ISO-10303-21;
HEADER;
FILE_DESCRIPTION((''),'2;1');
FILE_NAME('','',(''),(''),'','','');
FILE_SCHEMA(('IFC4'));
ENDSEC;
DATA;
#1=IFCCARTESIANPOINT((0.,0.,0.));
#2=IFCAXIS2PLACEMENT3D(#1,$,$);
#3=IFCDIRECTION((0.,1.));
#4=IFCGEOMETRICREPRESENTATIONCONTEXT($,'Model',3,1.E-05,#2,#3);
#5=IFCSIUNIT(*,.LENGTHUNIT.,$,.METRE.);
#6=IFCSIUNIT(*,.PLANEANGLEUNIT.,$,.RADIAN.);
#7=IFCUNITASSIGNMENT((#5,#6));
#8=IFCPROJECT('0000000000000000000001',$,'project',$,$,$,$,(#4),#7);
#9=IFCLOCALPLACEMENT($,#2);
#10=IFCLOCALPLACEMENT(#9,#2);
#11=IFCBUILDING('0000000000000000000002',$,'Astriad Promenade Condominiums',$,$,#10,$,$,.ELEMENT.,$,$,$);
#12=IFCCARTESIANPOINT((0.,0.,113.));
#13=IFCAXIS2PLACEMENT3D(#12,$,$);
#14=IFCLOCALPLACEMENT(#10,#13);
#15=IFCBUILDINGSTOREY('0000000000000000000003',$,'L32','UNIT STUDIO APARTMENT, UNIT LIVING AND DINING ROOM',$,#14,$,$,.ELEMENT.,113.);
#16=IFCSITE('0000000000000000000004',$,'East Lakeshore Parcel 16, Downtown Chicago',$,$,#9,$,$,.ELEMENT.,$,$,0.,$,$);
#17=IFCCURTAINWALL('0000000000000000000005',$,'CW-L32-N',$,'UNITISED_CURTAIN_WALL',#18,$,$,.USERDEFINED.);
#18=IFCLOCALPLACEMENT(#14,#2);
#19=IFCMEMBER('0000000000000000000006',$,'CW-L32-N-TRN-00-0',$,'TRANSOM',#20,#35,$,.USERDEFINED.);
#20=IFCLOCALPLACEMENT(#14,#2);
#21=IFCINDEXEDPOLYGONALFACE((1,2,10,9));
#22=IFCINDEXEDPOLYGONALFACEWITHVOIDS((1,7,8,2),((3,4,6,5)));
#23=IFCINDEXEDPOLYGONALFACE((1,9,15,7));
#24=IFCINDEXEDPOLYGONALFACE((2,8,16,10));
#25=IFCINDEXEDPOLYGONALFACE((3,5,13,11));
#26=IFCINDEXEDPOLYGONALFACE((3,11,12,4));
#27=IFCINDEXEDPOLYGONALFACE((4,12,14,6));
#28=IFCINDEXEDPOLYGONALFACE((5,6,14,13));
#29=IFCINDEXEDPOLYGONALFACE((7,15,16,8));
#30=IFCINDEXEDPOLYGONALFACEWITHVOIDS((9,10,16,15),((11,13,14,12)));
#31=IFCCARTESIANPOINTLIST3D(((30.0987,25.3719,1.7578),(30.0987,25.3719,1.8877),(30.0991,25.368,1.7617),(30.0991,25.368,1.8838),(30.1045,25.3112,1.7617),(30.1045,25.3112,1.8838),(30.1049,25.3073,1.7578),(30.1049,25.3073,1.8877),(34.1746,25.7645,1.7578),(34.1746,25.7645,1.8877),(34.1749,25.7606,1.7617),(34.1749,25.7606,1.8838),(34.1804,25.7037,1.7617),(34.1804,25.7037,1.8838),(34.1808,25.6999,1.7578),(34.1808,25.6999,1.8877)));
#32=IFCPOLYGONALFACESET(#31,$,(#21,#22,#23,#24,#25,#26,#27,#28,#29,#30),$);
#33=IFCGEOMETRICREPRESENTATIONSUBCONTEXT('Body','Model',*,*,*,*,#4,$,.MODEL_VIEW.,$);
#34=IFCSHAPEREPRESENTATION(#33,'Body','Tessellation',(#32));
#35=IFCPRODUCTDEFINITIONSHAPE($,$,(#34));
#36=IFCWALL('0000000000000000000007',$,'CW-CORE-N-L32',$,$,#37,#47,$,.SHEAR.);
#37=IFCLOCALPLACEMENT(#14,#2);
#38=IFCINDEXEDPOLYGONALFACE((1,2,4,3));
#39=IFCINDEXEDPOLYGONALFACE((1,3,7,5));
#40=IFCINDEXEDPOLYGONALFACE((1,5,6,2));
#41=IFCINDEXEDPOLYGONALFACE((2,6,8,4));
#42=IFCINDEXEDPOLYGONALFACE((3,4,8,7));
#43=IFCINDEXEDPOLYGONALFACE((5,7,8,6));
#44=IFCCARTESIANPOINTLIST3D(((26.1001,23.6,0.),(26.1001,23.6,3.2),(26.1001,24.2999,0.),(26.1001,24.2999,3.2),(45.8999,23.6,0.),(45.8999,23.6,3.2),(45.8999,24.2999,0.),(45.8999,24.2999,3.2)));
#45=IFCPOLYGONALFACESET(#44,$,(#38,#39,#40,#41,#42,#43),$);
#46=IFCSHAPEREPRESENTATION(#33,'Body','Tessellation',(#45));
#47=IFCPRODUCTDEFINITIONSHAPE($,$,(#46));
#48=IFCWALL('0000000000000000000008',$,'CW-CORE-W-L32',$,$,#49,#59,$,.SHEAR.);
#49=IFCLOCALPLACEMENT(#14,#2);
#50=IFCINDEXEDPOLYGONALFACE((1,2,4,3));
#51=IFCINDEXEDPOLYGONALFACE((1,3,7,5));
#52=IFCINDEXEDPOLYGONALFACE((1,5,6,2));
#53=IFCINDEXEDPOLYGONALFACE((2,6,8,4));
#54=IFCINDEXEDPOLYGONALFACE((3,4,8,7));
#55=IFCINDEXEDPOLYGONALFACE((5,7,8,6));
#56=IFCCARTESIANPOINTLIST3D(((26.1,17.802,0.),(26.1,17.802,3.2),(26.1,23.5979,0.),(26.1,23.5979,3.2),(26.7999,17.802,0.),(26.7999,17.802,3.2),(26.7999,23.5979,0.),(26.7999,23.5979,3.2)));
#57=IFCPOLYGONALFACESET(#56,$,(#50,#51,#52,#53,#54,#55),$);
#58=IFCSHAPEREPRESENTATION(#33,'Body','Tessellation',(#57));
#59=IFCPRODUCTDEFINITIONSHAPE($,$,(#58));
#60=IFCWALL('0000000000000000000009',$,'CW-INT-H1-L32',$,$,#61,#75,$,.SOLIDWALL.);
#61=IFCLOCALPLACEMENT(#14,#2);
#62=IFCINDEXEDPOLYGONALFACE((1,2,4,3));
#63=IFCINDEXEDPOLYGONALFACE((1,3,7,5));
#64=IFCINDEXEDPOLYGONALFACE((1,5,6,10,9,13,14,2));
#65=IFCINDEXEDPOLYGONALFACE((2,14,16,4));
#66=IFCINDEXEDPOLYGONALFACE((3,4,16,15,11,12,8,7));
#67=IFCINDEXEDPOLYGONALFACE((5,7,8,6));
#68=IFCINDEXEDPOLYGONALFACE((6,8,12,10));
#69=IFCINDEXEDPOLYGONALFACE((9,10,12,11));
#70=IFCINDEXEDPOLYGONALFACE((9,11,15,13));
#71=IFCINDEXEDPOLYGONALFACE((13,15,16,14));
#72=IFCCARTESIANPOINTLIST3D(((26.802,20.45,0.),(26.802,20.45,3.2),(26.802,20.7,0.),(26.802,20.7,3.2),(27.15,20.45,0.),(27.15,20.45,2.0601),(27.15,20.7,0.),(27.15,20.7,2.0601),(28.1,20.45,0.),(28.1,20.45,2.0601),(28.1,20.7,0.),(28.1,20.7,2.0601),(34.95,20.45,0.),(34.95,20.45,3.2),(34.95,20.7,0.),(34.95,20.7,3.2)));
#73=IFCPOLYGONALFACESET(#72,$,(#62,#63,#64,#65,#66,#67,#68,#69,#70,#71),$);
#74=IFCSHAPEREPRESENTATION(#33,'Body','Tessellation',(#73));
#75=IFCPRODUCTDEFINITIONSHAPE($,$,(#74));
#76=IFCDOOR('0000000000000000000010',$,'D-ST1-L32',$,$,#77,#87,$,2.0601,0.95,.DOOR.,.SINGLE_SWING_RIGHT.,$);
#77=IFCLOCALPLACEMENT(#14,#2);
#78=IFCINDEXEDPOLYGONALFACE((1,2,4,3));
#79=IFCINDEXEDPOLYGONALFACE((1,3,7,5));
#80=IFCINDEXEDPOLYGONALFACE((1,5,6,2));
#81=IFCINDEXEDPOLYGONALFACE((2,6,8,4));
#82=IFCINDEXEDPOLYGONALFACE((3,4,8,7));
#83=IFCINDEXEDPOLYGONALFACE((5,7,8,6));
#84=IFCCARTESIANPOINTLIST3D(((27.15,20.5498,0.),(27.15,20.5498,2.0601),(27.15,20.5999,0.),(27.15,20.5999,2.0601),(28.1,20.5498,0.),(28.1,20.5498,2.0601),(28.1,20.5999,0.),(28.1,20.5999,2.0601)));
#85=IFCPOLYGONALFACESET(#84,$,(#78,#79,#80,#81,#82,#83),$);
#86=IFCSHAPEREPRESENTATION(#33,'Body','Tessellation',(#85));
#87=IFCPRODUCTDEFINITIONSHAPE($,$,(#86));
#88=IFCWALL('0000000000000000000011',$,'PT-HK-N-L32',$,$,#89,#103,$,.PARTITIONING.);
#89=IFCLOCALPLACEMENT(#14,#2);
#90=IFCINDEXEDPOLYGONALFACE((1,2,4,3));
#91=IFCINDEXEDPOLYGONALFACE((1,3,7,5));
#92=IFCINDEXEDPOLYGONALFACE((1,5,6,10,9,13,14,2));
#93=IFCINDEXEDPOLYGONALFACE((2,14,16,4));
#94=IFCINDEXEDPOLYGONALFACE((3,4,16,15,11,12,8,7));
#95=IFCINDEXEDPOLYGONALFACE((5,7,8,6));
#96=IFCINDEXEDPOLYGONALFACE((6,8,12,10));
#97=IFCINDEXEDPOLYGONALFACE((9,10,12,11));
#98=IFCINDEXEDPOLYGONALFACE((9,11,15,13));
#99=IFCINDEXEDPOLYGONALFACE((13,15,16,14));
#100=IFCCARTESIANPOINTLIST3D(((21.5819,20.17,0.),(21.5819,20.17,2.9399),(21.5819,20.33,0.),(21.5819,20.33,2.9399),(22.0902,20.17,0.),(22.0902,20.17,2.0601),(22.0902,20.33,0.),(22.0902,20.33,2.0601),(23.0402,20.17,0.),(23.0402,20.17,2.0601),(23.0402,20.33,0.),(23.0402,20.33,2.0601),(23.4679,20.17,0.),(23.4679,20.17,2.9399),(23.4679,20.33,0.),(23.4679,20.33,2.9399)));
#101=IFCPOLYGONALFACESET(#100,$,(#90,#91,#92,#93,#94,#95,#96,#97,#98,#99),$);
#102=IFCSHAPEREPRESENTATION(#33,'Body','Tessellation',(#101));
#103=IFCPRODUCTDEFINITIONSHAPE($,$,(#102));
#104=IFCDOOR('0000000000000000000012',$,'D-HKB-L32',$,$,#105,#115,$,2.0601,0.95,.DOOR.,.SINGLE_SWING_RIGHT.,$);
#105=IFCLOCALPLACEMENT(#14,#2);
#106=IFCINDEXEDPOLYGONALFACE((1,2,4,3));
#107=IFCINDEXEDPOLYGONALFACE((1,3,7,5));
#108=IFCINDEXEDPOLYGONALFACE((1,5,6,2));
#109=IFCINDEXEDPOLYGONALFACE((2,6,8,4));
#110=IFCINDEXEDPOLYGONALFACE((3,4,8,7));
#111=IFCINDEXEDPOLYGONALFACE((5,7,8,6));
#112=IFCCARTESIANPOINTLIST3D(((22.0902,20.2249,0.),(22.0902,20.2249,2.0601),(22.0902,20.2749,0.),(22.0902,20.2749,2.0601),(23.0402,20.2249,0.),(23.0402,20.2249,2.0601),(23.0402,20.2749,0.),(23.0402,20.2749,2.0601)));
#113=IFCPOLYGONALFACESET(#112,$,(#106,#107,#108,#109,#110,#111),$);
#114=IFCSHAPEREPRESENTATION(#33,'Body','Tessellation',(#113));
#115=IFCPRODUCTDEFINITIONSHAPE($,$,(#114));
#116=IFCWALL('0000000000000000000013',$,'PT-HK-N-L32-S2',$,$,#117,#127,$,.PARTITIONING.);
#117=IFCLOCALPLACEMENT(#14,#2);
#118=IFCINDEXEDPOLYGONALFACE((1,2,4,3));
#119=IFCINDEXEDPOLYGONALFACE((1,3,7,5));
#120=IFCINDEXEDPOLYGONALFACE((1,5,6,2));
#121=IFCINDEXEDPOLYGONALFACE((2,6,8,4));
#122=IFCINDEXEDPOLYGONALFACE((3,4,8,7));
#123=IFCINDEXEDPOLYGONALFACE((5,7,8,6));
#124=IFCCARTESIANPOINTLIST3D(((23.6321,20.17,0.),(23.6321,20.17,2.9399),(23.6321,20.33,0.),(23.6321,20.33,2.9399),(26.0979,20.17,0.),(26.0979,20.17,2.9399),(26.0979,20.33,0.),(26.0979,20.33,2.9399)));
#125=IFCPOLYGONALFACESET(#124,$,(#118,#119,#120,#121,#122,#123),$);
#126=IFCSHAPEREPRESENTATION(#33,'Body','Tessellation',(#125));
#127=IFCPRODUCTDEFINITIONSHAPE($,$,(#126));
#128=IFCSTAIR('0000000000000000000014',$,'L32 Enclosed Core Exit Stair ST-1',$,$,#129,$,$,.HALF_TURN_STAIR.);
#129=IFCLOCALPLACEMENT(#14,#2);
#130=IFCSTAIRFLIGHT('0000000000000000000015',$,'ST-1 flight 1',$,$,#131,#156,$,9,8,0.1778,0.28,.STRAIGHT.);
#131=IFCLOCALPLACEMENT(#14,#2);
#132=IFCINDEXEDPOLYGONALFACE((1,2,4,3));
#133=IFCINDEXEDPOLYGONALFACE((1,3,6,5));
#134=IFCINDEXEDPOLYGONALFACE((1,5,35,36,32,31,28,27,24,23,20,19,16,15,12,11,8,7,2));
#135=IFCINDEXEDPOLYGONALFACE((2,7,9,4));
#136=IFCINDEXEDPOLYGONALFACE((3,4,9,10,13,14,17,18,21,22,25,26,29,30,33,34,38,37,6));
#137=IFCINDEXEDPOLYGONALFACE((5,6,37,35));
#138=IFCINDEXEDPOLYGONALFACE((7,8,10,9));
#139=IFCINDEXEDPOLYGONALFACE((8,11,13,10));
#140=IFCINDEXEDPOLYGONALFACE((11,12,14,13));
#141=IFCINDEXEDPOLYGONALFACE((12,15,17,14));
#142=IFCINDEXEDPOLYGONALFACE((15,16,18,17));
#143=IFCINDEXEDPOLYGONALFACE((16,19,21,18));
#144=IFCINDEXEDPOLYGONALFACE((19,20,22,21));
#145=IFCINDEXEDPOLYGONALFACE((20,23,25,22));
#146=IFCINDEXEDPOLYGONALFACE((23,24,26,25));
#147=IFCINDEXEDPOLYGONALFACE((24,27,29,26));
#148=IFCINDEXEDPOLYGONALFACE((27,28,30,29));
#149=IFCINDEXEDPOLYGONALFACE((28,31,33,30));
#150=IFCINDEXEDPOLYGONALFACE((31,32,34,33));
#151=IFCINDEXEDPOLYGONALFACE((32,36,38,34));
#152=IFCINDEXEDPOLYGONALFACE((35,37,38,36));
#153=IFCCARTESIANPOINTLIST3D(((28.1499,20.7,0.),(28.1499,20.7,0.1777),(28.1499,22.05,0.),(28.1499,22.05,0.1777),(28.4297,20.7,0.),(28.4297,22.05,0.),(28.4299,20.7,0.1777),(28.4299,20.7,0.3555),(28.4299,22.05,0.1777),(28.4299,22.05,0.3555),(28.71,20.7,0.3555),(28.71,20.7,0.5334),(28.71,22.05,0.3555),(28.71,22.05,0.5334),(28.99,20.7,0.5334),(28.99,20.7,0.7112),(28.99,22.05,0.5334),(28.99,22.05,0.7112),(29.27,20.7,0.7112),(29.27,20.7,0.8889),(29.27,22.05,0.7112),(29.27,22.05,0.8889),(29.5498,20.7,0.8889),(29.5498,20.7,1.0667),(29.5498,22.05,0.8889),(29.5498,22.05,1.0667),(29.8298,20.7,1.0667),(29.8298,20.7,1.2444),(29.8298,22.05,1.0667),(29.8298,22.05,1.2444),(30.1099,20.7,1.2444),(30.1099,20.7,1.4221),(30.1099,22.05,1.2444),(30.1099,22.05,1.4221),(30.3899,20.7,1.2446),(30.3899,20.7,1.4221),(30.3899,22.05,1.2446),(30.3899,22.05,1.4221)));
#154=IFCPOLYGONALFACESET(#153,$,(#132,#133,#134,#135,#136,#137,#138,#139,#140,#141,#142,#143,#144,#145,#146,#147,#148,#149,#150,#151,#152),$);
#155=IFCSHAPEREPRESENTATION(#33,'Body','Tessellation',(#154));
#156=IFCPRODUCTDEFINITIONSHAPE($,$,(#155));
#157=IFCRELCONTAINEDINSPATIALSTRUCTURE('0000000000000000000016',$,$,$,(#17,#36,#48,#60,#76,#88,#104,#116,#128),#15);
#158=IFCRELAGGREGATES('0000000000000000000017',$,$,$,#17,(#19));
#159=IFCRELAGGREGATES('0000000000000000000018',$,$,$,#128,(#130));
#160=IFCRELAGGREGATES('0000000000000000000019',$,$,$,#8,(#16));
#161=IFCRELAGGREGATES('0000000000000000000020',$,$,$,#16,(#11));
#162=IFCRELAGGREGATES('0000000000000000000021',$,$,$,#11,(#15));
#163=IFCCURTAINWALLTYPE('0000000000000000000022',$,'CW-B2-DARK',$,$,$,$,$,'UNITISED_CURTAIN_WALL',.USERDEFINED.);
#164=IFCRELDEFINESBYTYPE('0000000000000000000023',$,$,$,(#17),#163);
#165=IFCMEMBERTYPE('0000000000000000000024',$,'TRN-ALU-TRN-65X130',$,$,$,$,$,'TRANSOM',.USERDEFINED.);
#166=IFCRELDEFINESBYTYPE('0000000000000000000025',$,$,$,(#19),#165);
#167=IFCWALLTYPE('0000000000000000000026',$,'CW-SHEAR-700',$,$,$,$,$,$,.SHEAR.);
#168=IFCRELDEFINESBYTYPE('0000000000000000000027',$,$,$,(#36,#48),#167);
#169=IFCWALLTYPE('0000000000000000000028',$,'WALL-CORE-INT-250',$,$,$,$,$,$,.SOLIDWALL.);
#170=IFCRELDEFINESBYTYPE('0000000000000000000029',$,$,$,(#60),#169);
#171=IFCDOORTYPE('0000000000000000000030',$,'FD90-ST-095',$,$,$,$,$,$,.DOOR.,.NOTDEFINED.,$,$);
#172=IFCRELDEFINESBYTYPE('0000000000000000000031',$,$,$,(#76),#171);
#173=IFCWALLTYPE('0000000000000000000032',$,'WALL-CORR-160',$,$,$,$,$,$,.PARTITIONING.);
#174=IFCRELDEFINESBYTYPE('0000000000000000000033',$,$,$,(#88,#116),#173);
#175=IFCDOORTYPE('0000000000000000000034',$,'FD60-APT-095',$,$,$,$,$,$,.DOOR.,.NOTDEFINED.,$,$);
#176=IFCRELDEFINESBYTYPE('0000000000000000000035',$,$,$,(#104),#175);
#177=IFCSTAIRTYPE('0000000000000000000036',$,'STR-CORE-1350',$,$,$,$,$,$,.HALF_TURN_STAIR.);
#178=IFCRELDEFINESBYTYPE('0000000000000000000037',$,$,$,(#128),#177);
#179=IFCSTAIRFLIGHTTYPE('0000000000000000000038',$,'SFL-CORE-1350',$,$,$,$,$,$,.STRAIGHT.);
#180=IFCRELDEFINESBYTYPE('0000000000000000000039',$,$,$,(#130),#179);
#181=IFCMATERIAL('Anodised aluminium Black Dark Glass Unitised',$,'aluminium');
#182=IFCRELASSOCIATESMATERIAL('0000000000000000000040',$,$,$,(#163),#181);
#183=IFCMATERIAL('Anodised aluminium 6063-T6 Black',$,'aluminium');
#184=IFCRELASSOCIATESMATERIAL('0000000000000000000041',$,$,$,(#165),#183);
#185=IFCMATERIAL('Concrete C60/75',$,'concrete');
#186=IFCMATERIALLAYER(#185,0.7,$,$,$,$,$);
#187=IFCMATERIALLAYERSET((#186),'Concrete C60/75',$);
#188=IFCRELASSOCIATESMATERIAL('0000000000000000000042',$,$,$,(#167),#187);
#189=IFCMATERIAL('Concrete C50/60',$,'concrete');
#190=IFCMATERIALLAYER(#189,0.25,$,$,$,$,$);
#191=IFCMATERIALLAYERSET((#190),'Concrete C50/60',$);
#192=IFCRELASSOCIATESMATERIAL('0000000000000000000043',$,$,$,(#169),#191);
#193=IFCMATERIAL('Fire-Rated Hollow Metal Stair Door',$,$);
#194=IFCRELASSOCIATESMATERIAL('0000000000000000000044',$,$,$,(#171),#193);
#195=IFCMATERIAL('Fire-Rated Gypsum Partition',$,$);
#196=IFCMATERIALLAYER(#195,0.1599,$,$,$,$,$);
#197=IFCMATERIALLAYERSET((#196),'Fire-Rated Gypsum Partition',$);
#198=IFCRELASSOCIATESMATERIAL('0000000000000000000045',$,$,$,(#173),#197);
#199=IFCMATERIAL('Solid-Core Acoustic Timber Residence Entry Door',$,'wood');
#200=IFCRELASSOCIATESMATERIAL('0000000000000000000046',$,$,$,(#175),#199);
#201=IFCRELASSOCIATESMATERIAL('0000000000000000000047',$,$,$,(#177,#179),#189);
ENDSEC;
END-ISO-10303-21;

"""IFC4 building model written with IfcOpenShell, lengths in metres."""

from ifc_helpers import new_model, si_unit, direction, frame, frame_2d, origin, origin_2d, place, context, subcontext, project, spatial, polyline, rectangle, hollow_rectangle, outline, extrude, source, transform, mapped, material, layer, layer_set, material_profile, profile_set, type_object, type_shapes, element, fill, aggregate, save


model = new_model("IFC4")

# Units and contexts
model_context = context("Model", 3, precision=1e-05, world=origin(), true_north=direction((0.0, 1.0)))
body_context = subcontext(model_context, "Body", "Model", "MODEL_VIEW")
ifc_project = project(units=[si_unit("LENGTHUNIT", "METRE"), si_unit("PLANEANGLEUNIT", "RADIAN")], contexts=[model_context])

# Site, building, storey
site_placement = place(None, origin())
site = spatial("IfcSite", under=ifc_project, at=site_placement, Name="East Lakeshore Parcel 16, Downtown Chicago", CompositionType="ELEMENT", RefElevation=0.0)
building_placement = place(site_placement, origin())
building = spatial("IfcBuilding", under=site, at=building_placement, Name="Astriad Promenade Condominiums", CompositionType="ELEMENT")
storey_placement = place(building_placement, frame((0.0, 0.0, 113.0)))
storey = spatial("IfcBuildingStorey", under=building, at=storey_placement, Name="L32", Description="UNIT STUDIO APARTMENT, UNIT LIVING AND DINING ROOM", CompositionType="ELEMENT", Elevation=113.0)

# Shared definitions
ifc_material_1 = material(Name="Concrete C60/75", Category="concrete")

# Curtain wall, member
ifc_material_2 = material(Name="Anodised aluminium Black Dark Glass Unitised", Category="aluminium")
curtain_wall_type = type_object("IfcCurtainWallType", Name="CW-B2-DARK", ElementType="UNITISED_CURTAIN_WALL", PredefinedType="USERDEFINED", material=ifc_material_2)
curtain_wall_placement = place(storey_placement, origin())
curtain_wall = element("IfcCurtainWall", 1, at=curtain_wall_placement, inside=storey, type_object=curtain_wall_type, Name="CW-L32-N", ObjectType="UNITISED_CURTAIN_WALL", PredefinedType="USERDEFINED")
ifc_material_3 = material(Name="Anodised aluminium 6063-T6 Black", Category="aluminium")
ifc_material_profile_1 = material_profile(ifc_material_3, hollow_rectangle(XDim=0.0649, YDim=0.1299, WallThickness=0.0039, at=origin_2d()), Name="ALU-TRN-65X130")
ifc_profile_set_1 = profile_set([ifc_material_profile_1], Name="Anodised aluminium 6063-T6 Black")
member_type_1 = type_object("IfcMemberType", Name="TRN-ALU-TRN-65X130", ElementType="TRANSOM", PredefinedType="USERDEFINED", material=ifc_profile_set_1)
shared_shape_1 = source(origin(), body_context, "Body", "SweptSolid", [
    extrude(hollow_rectangle(XDim=0.0649, YDim=0.1299, WallThickness=0.0039, at=origin_2d()), origin(), (0.0, 0.0, 1.0), 4.0947),
])
type_shapes(member_type_1, [shared_shape_1])
member_1_placement = place(storey_placement, frame((30.1018, 25.3396, 1.8228), z_axis=(0.995394, 0.095873, 0.0), x_axis=(-0.095873, 0.995394, 0.0)))
member_1 = element("IfcMember", 2, at=member_1_placement, type_object=member_type_1, Name="CW-L32-N-TRN-00-0", ObjectType="TRANSOM", PredefinedType="USERDEFINED", context=body_context, shape_type="MappedRepresentation", body=[
    mapped(shared_shape_1, transform((0.0, 0.0, 0.0), scale=1.0)),
])
aggregate(curtain_wall, [member_1])

# Walls
ifc_layer_1 = layer(ifc_material_1, 0.7)
ifc_layer_set_1 = layer_set([ifc_layer_1], Name="Concrete C60/75")
wall_type_1 = type_object("IfcWallType", Name="CW-SHEAR-700", PredefinedType="SHEAR", material=ifc_layer_set_1)
wall_1_placement = place(storey_placement, frame((26.1001, 23.95, 0.0), z_axis=(0.0, 0.0, 1.0), x_axis=(1.0, 0.0, 0.0)))
element("IfcWall", 3, at=wall_1_placement, inside=storey, type_object=wall_type_1, Name="CW-CORE-N-L32", PredefinedType="SHEAR", context=body_context, shape_type="SweptSolid", body=[
    extrude(rectangle(XDim=19.7998, YDim=0.7, at=frame_2d((9.8999, 0.0))), origin(), (0.0, 0.0, 1.0), 3.2),
])
wall_2_placement = place(storey_placement, frame((26.45, 17.802, 0.0), z_axis=(0.0, 0.0, 1.0), x_axis=(0.0, 1.0, 0.0)))
element("IfcWall", 4, at=wall_2_placement, inside=storey, type_object=wall_type_1, Name="CW-CORE-W-L32", PredefinedType="SHEAR", context=body_context, shape_type="SweptSolid", body=[
    extrude(rectangle(XDim=5.7959, YDim=0.7, at=frame_2d((2.8979, 0.0))), origin(), (0.0, 0.0, 1.0), 3.2),
])

# Walls, openings, doors
ifc_material_4 = material(Name="Concrete C50/60", Category="concrete")
ifc_layer_2 = layer(ifc_material_4, 0.25)
ifc_layer_set_2 = layer_set([ifc_layer_2], Name="Concrete C50/60")
wall_type_2 = type_object("IfcWallType", Name="WALL-CORE-INT-250", PredefinedType="SOLIDWALL", material=ifc_layer_set_2)
wall_3_placement = place(storey_placement, frame((26.802, 20.575, 0.0), z_axis=(0.0, 0.0, 1.0), x_axis=(1.0, 0.0, 0.0)))
wall_3 = element("IfcWall", 5, at=wall_3_placement, inside=storey, type_object=wall_type_2, Name="CW-INT-H1-L32", PredefinedType="SOLIDWALL", context=body_context, shape_type="SweptSolid", body=[
    extrude(rectangle(XDim=8.1479, YDim=0.25, at=frame_2d((4.074, 0.0))), origin(), (0.0, 0.0, 1.0), 3.2),
])
opening_1_placement = place(wall_3_placement, frame((0.3479, 0.0, 0.0)))
opening_1 = element("IfcOpeningElement", 6, at=opening_1_placement, cuts=wall_3, PredefinedType="OPENING", context=body_context, shape_type="SweptSolid", body=[
    extrude(rectangle(XDim=0.95, YDim=2.0601, at=frame_2d((0.4751, 1.03))), frame((0.0, 0.135, 0.0), z_axis=(0.0, -1.0, 0.0), x_axis=(1.0, 0.0, 0.0)), (0.0, 0.0, 1.0), 0.27),
])
ifc_material_5 = material(Name="Fire-Rated Hollow Metal Stair Door")
door_type_1 = type_object("IfcDoorType", Name="FD90-ST-095", OperationType="NOTDEFINED", PredefinedType="DOOR", material=ifc_material_5)
shared_shape_2 = source(origin(), body_context, "Body", "SweptSolid", [
    extrude(rectangle(XDim=0.95, YDim=2.0601, at=frame_2d((0.4751, 1.03))), frame((0.0, 0.0249, 0.0), z_axis=(0.0, -1.0, 0.0), x_axis=(1.0, 0.0, 0.0)), (0.0, 0.0, 1.0), 0.05),
])
type_shapes(door_type_1, [shared_shape_2])
door_1_placement = place(opening_1_placement, origin())
door_1 = element("IfcDoor", 7, at=door_1_placement, inside=storey, type_object=door_type_1, Name="D-ST1-L32", OperationType="SINGLE_SWING_RIGHT", OverallHeight=2.0601, OverallWidth=0.95, PredefinedType="DOOR", context=body_context, shape_type="MappedRepresentation", body=[
    mapped(shared_shape_2, transform((0.0, 0.0, 0.0), scale=1.0)),
])
fill(opening_1, door_1)
ifc_material_6 = material(Name="Fire-Rated Gypsum Partition")
ifc_layer_3 = layer(ifc_material_6, 0.1599)
ifc_layer_set_3 = layer_set([ifc_layer_3], Name="Fire-Rated Gypsum Partition")
wall_type_3 = type_object("IfcWallType", Name="WALL-CORR-160", PredefinedType="PARTITIONING", material=ifc_layer_set_3)
wall_4_placement = place(storey_placement, frame((21.582, 20.25, 0.0), z_axis=(0.0, 0.0, 1.0), x_axis=(1.0, 0.0, 0.0)))
wall_4 = element("IfcWall", 8, at=wall_4_placement, inside=storey, type_object=wall_type_3, Name="PT-HK-N-L32", PredefinedType="PARTITIONING", context=body_context, shape_type="SweptSolid", body=[
    extrude(rectangle(XDim=1.886, YDim=0.1599, at=frame_2d((0.9429, 0.0))), origin(), (0.0, 0.0, 1.0), 2.9399),
])
opening_2_placement = place(wall_4_placement, frame((0.5081, 0.0, 0.0)))
opening_2 = element("IfcOpeningElement", 9, at=opening_2_placement, cuts=wall_4, PredefinedType="OPENING", context=body_context, shape_type="SweptSolid", body=[
    extrude(rectangle(XDim=0.95, YDim=2.0601, at=frame_2d((0.4751, 1.03))), frame((0.0, 0.0898, 0.0), z_axis=(0.0, -1.0, 0.0), x_axis=(1.0, 0.0, 0.0)), (0.0, 0.0, 1.0), 0.1799),
])
ifc_material_7 = material(Name="Solid-Core Acoustic Timber Residence Entry Door", Category="wood")
door_type_2 = type_object("IfcDoorType", Name="FD60-APT-095", OperationType="NOTDEFINED", PredefinedType="DOOR", material=ifc_material_7)
shared_shape_3 = source(origin(), body_context, "Body", "SweptSolid", [
    extrude(rectangle(XDim=0.95, YDim=2.0601, at=frame_2d((0.4751, 1.03))), frame((0.0, 0.0249, 0.0), z_axis=(0.0, -1.0, 0.0), x_axis=(1.0, 0.0, 0.0)), (0.0, 0.0, 1.0), 0.05),
])
type_shapes(door_type_2, [shared_shape_3])
door_2_placement = place(opening_2_placement, origin())
door_2 = element("IfcDoor", 10, at=door_2_placement, inside=storey, type_object=door_type_2, Name="D-HKB-L32", OperationType="SINGLE_SWING_RIGHT", OverallHeight=2.0601, OverallWidth=0.95, PredefinedType="DOOR", context=body_context, shape_type="MappedRepresentation", body=[
    mapped(shared_shape_3, transform((0.0, 0.0, 0.0), scale=1.0)),
])
fill(opening_2, door_2)

# Wall
wall_5_placement = place(storey_placement, frame((23.6321, 20.25, 0.0), z_axis=(0.0, 0.0, 1.0), x_axis=(1.0, 0.0, 0.0)))
element("IfcWall", 11, at=wall_5_placement, inside=storey, type_object=wall_type_3, Name="PT-HK-N-L32-S2", PredefinedType="PARTITIONING", context=body_context, shape_type="SweptSolid", body=[
    extrude(rectangle(XDim=2.4658, YDim=0.1599, at=frame_2d((1.2329, 0.0))), origin(), (0.0, 0.0, 1.0), 2.9399),
])

# Stair, stair flight
stair_type = type_object("IfcStairType", Name="STR-CORE-1350", PredefinedType="HALF_TURN_STAIR", material=ifc_material_4)
stair_placement = place(storey_placement, origin())
stair = element("IfcStair", 12, at=stair_placement, inside=storey, type_object=stair_type, Name="L32 Enclosed Core Exit Stair ST-1", PredefinedType="HALF_TURN_STAIR")
stair_flight_type = type_object("IfcStairFlightType", Name="SFL-CORE-1350", PredefinedType="STRAIGHT", material=ifc_material_4)
shared_shape_4 = source(origin(), body_context, "Body", "SweptSolid", [
    extrude(outline(polyline([(0.0, 0.0), (0.0, 0.1777), (0.28, 0.1777), (0.28, 0.3555), (0.5601, 0.3555), (0.5601, 0.5334), (0.8401, 0.5334), (0.8401, 0.7112), (1.1201, 0.7112), (1.1201, 0.8889), (1.3999, 0.8889), (1.3999, 1.0667), (1.6799, 1.0667), (1.6799, 1.2444), (1.96, 1.2444), (1.96, 1.4221), (2.24, 1.4221), (2.24, 1.6001), (2.24, 1.2446), (0.2798, 0.0), (0.0, 0.0)])), frame((0.0, 0.675, 0.0), z_axis=(0.0, -1.0, 0.0), x_axis=(1.0, 0.0, 0.0)), (0.0, 0.0, 1.0), 1.3501),
])
type_shapes(stair_flight_type, [shared_shape_4])
stair_flight_placement = place(storey_placement, frame((28.1499, 21.375, 0.0), z_axis=(0.0, 0.0, 1.0), x_axis=(1.0, 0.0, 0.0)))
stair_flight = element("IfcStairFlight", 13, at=stair_flight_placement, type_object=stair_flight_type, Name="ST-1 flight 1", NumberOfRisers=9, NumberOfTreads=8, PredefinedType="STRAIGHT", RiserHeight=0.1778, TreadLength=0.28, context=body_context, shape_type="MappedRepresentation", body=[
    mapped(shared_shape_4, transform((0.0, 0.0, 0.0), scale=1.0)),
])
aggregate(stair, [stair_flight])

save(model, "model.ifc")
